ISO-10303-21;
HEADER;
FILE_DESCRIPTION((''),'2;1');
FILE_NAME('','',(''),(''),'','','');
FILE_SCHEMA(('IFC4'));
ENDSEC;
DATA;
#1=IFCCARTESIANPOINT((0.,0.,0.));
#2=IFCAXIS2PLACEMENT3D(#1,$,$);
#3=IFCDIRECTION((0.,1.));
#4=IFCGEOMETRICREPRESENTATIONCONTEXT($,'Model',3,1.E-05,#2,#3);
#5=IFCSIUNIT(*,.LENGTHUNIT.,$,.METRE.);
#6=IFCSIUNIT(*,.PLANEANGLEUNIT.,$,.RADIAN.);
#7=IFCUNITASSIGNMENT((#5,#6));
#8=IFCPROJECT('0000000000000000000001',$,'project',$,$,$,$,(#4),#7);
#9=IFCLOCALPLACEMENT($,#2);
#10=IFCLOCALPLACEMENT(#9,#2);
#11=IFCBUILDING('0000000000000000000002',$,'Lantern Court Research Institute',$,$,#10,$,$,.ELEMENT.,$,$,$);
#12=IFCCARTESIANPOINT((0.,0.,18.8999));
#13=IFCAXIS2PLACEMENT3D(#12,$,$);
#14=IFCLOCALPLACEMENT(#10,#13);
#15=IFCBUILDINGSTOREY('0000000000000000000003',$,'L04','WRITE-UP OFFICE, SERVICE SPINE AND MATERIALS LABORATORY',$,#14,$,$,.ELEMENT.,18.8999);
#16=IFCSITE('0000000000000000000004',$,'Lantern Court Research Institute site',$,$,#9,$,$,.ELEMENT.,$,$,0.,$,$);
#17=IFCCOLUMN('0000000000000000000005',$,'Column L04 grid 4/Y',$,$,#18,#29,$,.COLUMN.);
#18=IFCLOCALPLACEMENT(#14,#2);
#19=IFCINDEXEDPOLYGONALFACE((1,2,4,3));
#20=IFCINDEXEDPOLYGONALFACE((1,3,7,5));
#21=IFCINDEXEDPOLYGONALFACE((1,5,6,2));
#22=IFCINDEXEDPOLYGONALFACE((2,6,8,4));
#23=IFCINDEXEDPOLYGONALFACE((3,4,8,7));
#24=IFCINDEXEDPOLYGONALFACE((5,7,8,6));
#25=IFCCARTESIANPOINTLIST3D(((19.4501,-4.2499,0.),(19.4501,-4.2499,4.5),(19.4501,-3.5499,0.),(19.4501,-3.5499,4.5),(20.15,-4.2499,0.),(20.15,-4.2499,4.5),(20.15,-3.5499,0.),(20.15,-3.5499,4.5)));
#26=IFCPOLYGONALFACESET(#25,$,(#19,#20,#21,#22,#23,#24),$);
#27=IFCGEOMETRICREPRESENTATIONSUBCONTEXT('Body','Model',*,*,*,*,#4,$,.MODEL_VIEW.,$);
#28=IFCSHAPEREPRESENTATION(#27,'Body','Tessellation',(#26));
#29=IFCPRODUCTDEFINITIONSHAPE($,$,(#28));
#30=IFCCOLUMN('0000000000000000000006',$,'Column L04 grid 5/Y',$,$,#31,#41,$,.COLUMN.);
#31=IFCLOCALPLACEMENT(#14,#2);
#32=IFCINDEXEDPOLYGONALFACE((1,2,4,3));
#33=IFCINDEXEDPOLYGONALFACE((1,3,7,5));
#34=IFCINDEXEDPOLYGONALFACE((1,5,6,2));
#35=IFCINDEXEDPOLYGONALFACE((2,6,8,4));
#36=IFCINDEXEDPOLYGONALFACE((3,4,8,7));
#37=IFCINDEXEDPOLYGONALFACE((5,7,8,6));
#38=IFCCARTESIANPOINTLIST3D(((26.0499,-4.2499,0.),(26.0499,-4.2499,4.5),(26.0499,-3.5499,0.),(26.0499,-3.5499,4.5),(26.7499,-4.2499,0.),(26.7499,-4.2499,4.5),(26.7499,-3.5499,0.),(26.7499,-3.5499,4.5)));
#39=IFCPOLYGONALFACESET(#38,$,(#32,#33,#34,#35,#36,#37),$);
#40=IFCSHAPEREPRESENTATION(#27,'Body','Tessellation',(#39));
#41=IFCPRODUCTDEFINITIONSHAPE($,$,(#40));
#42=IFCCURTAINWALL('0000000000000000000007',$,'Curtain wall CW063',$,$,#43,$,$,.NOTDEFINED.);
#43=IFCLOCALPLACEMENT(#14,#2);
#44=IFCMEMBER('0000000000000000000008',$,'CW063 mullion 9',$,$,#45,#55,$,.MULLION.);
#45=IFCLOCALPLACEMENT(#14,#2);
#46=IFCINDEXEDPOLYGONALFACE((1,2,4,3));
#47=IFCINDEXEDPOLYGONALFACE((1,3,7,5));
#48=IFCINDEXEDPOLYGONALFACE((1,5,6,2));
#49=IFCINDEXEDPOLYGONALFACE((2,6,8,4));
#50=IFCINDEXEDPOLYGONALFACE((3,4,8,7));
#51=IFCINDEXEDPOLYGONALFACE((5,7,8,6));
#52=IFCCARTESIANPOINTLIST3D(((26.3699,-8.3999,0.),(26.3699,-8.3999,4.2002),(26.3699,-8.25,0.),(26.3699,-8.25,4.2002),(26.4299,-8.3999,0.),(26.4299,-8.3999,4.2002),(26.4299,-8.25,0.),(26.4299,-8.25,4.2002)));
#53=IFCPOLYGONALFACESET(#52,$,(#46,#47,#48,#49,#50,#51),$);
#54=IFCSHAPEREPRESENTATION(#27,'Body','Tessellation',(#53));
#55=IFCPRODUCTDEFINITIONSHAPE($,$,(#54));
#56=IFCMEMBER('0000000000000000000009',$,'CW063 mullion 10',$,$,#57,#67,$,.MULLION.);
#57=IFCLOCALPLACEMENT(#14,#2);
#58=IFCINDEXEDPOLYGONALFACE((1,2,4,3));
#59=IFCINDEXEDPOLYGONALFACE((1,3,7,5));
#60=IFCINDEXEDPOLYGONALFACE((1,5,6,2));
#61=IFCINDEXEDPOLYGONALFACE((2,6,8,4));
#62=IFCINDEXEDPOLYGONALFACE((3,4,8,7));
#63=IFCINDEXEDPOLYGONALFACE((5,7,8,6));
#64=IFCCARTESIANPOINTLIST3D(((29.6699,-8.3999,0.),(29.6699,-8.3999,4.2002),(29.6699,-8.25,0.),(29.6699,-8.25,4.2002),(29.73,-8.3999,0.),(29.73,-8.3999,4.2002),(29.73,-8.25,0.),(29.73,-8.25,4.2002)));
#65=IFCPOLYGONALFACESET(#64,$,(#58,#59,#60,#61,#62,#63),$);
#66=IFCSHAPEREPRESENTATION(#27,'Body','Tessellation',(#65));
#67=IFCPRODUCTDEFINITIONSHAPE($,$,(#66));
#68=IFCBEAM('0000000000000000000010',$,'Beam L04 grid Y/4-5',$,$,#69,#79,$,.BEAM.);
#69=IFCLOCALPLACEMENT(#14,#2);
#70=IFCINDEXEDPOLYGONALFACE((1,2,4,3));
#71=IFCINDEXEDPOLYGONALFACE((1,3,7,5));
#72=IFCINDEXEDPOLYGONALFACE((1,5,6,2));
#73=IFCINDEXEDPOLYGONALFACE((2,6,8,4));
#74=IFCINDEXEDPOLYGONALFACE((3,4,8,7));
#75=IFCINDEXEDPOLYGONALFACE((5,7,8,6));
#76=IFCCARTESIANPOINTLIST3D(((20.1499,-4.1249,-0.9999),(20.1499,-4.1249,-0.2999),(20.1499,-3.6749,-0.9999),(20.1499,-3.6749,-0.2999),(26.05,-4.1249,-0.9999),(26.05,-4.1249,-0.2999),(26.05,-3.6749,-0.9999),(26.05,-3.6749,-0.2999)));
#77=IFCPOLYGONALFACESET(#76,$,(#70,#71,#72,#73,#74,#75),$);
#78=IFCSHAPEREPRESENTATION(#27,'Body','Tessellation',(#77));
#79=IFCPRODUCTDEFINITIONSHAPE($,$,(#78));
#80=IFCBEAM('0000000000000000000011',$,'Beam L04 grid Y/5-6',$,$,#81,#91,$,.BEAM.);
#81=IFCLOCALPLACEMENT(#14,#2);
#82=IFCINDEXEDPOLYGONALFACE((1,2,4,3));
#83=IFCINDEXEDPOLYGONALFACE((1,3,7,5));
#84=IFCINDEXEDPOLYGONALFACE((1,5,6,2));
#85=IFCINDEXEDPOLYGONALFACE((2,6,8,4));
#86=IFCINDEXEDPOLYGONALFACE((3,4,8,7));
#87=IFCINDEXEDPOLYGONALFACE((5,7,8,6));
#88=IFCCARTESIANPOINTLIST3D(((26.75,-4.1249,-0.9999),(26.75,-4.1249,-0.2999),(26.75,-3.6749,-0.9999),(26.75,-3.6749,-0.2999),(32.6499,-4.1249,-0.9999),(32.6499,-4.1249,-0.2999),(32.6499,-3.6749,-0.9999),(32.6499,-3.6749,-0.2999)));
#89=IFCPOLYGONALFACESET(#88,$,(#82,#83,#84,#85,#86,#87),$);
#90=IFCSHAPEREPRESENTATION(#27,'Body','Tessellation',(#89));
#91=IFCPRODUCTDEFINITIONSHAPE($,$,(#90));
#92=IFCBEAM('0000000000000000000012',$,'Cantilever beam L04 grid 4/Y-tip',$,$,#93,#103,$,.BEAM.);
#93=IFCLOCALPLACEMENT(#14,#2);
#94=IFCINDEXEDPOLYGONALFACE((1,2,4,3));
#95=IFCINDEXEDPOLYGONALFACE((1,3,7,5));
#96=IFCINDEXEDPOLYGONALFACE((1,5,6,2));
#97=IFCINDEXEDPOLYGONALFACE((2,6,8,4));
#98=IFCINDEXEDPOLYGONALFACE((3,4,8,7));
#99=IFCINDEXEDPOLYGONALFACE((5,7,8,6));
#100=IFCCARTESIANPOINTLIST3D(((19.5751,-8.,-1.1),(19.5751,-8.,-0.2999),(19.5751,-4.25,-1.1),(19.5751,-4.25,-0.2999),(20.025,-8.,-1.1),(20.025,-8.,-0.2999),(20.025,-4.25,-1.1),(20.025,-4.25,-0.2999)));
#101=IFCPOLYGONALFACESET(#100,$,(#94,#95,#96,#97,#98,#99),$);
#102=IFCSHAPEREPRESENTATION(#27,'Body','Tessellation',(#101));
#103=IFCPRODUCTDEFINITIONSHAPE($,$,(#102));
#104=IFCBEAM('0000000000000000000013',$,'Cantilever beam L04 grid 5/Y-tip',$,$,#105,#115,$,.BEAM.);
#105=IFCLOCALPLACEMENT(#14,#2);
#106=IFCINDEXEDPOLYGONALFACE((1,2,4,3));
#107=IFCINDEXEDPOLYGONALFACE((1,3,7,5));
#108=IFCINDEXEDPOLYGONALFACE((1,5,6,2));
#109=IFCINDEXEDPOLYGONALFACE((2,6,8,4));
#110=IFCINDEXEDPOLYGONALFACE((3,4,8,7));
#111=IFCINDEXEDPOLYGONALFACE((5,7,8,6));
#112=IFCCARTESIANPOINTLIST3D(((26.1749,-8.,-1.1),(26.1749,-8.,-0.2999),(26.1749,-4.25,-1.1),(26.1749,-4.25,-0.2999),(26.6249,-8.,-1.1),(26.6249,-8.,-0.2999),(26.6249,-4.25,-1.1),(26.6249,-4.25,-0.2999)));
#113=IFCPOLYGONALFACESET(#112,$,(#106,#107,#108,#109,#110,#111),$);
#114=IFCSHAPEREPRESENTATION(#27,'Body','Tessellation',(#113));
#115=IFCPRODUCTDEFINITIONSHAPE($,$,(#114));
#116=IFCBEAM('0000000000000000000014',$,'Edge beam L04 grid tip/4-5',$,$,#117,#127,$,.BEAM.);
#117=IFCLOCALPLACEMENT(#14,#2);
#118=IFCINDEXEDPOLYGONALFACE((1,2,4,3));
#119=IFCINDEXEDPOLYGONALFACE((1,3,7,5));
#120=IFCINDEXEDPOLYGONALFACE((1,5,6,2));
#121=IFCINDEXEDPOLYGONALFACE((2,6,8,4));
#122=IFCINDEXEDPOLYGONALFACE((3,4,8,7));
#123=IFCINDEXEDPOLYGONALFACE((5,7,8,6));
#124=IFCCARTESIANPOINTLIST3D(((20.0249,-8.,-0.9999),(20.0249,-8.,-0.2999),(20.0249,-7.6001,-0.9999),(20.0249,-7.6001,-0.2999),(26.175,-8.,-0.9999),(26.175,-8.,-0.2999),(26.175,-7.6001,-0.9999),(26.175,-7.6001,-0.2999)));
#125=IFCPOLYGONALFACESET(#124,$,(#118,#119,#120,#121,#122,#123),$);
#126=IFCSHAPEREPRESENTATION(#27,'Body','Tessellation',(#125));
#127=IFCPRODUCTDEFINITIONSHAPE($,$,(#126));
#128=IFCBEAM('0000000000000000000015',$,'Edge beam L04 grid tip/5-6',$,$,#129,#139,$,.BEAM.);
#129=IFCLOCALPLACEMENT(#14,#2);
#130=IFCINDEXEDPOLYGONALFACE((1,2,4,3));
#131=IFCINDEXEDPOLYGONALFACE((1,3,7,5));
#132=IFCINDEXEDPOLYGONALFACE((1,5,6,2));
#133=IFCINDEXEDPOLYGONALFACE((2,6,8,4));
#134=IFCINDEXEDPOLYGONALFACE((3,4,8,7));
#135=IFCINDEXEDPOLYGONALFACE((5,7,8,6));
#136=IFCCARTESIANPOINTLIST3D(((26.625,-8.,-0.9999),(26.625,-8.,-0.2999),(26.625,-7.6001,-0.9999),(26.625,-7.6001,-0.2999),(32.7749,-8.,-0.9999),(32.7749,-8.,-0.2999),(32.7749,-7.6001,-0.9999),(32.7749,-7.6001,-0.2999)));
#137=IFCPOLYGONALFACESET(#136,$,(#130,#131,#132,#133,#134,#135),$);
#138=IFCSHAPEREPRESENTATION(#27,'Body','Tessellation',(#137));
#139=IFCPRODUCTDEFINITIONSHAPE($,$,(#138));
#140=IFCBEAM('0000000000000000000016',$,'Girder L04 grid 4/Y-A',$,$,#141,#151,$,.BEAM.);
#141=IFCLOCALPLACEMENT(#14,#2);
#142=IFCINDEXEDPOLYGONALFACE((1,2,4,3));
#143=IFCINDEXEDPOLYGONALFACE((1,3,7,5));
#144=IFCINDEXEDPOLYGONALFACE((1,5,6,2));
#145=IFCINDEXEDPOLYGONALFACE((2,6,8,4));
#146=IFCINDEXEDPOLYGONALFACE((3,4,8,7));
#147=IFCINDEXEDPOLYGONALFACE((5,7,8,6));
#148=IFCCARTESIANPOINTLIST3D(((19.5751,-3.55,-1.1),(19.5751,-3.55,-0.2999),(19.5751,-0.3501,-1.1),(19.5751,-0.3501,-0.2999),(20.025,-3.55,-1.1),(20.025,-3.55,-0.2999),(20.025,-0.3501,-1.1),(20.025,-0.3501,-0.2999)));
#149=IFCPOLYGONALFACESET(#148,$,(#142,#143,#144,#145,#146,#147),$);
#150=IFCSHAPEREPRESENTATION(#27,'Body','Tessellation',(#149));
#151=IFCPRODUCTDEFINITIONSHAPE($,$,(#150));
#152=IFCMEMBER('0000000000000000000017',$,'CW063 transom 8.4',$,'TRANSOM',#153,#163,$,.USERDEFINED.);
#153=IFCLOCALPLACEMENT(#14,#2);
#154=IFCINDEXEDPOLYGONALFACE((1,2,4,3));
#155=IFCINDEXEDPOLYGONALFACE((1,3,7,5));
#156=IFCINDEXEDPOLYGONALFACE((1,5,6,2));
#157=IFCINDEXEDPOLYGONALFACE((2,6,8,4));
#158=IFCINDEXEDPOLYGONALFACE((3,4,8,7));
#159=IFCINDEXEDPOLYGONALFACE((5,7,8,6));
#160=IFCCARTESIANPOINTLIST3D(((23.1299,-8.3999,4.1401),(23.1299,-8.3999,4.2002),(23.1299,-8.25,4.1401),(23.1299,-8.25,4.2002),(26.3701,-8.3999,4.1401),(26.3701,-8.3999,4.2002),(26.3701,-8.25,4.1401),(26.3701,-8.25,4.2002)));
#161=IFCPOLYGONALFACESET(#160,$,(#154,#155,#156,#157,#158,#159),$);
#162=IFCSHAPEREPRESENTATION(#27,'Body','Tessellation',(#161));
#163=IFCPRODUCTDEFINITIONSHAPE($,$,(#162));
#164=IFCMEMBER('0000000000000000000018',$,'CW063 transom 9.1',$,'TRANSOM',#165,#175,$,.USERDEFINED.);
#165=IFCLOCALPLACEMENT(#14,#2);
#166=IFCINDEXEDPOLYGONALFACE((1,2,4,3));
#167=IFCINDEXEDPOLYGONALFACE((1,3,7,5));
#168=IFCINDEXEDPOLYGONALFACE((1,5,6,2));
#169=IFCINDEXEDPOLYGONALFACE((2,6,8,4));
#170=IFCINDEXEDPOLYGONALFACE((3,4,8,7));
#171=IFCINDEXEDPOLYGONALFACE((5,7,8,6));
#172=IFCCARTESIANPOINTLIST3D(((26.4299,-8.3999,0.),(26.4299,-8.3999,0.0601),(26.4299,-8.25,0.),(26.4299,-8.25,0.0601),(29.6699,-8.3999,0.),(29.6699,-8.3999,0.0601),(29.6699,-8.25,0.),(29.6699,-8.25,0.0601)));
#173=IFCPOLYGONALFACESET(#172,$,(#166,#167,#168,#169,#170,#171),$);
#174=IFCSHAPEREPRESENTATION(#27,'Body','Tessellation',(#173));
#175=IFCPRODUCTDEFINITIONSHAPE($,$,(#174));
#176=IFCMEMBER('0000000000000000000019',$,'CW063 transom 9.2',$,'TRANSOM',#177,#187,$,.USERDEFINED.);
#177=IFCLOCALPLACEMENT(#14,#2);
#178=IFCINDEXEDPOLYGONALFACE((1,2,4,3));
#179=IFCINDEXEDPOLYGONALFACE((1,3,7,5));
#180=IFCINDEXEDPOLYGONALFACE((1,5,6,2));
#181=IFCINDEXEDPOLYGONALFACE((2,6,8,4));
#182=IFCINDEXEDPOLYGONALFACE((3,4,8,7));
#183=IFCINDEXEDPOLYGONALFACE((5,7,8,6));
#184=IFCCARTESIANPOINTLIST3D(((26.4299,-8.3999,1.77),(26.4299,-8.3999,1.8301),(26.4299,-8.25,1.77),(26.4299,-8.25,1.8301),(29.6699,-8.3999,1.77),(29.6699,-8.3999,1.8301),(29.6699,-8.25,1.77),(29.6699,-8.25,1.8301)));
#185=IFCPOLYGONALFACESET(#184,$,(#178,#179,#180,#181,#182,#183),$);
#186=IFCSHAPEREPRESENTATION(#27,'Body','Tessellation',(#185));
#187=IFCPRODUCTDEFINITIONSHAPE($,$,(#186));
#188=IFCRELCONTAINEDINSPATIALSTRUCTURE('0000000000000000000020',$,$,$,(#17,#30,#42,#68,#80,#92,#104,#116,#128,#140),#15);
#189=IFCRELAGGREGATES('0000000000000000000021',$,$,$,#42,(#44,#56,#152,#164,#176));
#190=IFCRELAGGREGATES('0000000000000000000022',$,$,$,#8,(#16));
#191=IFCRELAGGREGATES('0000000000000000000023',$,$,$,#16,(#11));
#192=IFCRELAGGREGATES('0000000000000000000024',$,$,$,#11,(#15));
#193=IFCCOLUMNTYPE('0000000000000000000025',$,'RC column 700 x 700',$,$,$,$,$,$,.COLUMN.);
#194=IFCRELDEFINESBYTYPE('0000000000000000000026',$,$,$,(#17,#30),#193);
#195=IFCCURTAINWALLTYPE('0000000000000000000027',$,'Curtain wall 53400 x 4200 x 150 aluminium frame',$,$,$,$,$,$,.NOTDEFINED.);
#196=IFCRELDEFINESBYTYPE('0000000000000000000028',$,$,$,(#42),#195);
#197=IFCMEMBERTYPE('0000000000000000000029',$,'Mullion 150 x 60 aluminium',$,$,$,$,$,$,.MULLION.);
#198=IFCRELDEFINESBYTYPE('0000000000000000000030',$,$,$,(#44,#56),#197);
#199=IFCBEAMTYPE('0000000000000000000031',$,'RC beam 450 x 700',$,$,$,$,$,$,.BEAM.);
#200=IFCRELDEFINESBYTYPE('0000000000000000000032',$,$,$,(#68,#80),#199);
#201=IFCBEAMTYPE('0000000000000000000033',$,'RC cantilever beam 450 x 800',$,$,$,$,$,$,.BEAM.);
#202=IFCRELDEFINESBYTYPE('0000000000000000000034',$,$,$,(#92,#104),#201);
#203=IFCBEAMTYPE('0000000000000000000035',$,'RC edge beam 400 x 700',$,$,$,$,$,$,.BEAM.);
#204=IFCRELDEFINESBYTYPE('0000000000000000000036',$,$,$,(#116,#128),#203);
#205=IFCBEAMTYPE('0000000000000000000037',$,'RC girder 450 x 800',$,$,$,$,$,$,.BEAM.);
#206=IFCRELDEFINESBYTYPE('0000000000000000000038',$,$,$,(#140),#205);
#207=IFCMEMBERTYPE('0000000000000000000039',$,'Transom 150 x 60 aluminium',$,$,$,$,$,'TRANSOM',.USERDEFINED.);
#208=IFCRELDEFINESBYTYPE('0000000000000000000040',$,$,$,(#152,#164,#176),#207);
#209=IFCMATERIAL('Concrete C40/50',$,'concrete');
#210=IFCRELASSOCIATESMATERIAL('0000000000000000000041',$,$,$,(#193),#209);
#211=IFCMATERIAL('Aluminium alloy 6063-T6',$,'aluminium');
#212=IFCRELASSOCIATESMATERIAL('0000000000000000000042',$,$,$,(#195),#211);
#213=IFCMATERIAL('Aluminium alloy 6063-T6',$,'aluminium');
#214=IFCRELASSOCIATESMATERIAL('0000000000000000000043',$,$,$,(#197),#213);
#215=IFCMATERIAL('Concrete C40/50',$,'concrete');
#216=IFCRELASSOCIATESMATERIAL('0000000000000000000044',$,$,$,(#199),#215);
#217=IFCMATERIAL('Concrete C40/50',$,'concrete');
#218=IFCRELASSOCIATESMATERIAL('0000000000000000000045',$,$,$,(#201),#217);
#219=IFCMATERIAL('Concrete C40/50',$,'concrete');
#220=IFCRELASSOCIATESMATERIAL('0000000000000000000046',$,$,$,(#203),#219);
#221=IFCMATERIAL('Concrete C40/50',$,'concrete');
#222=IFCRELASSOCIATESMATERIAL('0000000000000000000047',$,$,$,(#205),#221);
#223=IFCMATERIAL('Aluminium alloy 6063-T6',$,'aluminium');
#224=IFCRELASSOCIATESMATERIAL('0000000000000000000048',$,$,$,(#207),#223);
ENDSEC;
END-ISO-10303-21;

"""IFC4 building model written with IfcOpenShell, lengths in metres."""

from ifc_helpers import new_model, si_unit, direction, frame, origin, origin_2d, place, context, subcontext, project, spatial, rectangle, extrude, material, material_profile, profile_set, type_object, element, aggregate, save


model = new_model("IFC4")

# Units and contexts
model_context = context("Model", 3, precision=1e-05, world=origin(), true_north=direction((0.0, 1.0)))
body_context = subcontext(model_context, "Body", "Model", "MODEL_VIEW")
ifc_project = project(units=[si_unit("LENGTHUNIT", "METRE"), si_unit("PLANEANGLEUNIT", "RADIAN")], contexts=[model_context])

# Site, building, storey
site_placement = place(None, origin())
site = spatial("IfcSite", under=ifc_project, at=site_placement, Name="Lantern Court Research Institute site", CompositionType="ELEMENT", RefElevation=0.0)
building_placement = place(site_placement, origin())
building = spatial("IfcBuilding", under=site, at=building_placement, Name="Lantern Court Research Institute", CompositionType="ELEMENT")
storey_placement = place(building_placement, frame((0.0, 0.0, 18.8999)))
storey = spatial("IfcBuildingStorey", under=building, at=storey_placement, Name="L04", Description="WRITE-UP OFFICE, SERVICE SPINE AND MATERIALS LABORATORY", CompositionType="ELEMENT", Elevation=18.8999)

# Columns
ifc_material_1 = material(Name="Concrete C40/50", Category="concrete")
ifc_material_profile_1 = material_profile(ifc_material_1, rectangle(XDim=0.7, YDim=0.7, at=origin_2d()), Name="RC column 700 x 700")
ifc_profile_set_1 = profile_set([ifc_material_profile_1], Name="Concrete C40/50")
column_type = type_object("IfcColumnType", Name="RC column 700 x 700", PredefinedType="COLUMN", material=ifc_profile_set_1)
for number, where, z_axis, x_axis, name in (
    (1, (19.8, -3.8999, 0.0), (0.0, 0.0, 1.0), (1.0, 0.0, 0.0), "Column L04 grid 4/Y"),
    (2, (26.3999, -3.8999, 0.0), (0.0, 0.0, 1.0), (1.0, 0.0, 0.0), "Column L04 grid 5/Y"),
):
    element("IfcColumn", number, at=place(storey_placement, frame(where, z_axis=z_axis, x_axis=x_axis)), inside=storey, type_object=column_type, Name=name, PredefinedType="COLUMN", context=body_context, shape_type="SweptSolid", body=[
        extrude(rectangle(XDim=0.7, YDim=0.7, at=origin_2d()), origin(), (0.0, 0.0, 1.0), 4.5),
    ])

# Curtain wall, members
ifc_material_2 = material(Name="Aluminium alloy 6063-T6", Category="aluminium")
curtain_wall_type = type_object("IfcCurtainWallType", Name="Curtain wall 53400 x 4200 x 150 aluminium frame", PredefinedType="NOTDEFINED", material=ifc_material_2)
curtain_wall_placement = place(storey_placement, origin())
curtain_wall = element("IfcCurtainWall", 3, at=curtain_wall_placement, inside=storey, type_object=curtain_wall_type, Name="Curtain wall CW063", PredefinedType="NOTDEFINED")
ifc_material_3 = material(Name="Aluminium alloy 6063-T6", Category="aluminium")
ifc_material_profile_2 = material_profile(ifc_material_3, rectangle(XDim=0.1499, YDim=0.0601, at=origin_2d()), Name="Mullion 150 x 60")
ifc_profile_set_2 = profile_set([ifc_material_profile_2], Name="Aluminium alloy 6063-T6")
member_type_1 = type_object("IfcMemberType", Name="Mullion 150 x 60 aluminium", PredefinedType="MULLION", material=ifc_profile_set_2)
member_1_placement = place(storey_placement, frame((26.3999, -8.325, 0.0), z_axis=(0.0, 0.0, 1.0), x_axis=(0.0, -1.0, 0.0)))
member_1 = element("IfcMember", 4, at=member_1_placement, type_object=member_type_1, Name="CW063 mullion 9", PredefinedType="MULLION", context=body_context, shape_type="SweptSolid", body=[
    extrude(rectangle(XDim=0.1499, YDim=0.0601, at=origin_2d()), origin(), (0.0, 0.0, 1.0), 4.2002),
])
member_2_placement = place(storey_placement, frame((29.7, -8.325, 0.0), z_axis=(0.0, 0.0, 1.0), x_axis=(0.0, -1.0, 0.0)))
member_2 = element("IfcMember", 5, at=member_2_placement, type_object=member_type_1, Name="CW063 mullion 10", PredefinedType="MULLION", context=body_context, shape_type="SweptSolid", body=[
    extrude(rectangle(XDim=0.1499, YDim=0.0601, at=origin_2d()), origin(), (0.0, 0.0, 1.0), 4.2002),
])

# Beams
ifc_material_4 = material(Name="Concrete C40/50", Category="concrete")
ifc_material_profile_3 = material_profile(ifc_material_4, rectangle(XDim=0.45, YDim=0.7, at=origin_2d()), Name="RC beam 450 x 700")
ifc_profile_set_3 = profile_set([ifc_material_profile_3], Name="Concrete C40/50")
beam_type_1 = type_object("IfcBeamType", Name="RC beam 450 x 700", PredefinedType="BEAM", material=ifc_profile_set_3)
beam_1_placement = place(storey_placement, frame((20.1499, -3.8999, -0.6499), z_axis=(1.0, 0.0, 0.0), x_axis=(0.0, 1.0, 0.0)))
element("IfcBeam", 6, at=beam_1_placement, inside=storey, type_object=beam_type_1, Name="Beam L04 grid Y/4-5", PredefinedType="BEAM", context=body_context, shape_type="SweptSolid", body=[
    extrude(rectangle(XDim=0.45, YDim=0.7, at=origin_2d()), origin(), (0.0, 0.0, 1.0), 5.9001),
])
beam_2_placement = place(storey_placement, frame((26.75, -3.8999, -0.6499), z_axis=(1.0, 0.0, 0.0), x_axis=(0.0, 1.0, 0.0)))
element("IfcBeam", 7, at=beam_2_placement, inside=storey, type_object=beam_type_1, Name="Beam L04 grid Y/5-6", PredefinedType="BEAM", context=body_context, shape_type="SweptSolid", body=[
    extrude(rectangle(XDim=0.45, YDim=0.7, at=origin_2d()), origin(), (0.0, 0.0, 1.0), 5.8999),
])
ifc_material_5 = material(Name="Concrete C40/50", Category="concrete")
ifc_material_profile_4 = material_profile(ifc_material_5, rectangle(XDim=0.45, YDim=0.8, at=origin_2d()), Name="RC beam 450 x 800")
ifc_profile_set_4 = profile_set([ifc_material_profile_4], Name="Concrete C40/50")
beam_type_2 = type_object("IfcBeamType", Name="RC cantilever beam 450 x 800", PredefinedType="BEAM", material=ifc_profile_set_4)
for number, where, z_axis, x_axis, name in (
    (8, (19.8, -4.25, -0.7), (0.0, -1.0, 0.0), (1.0, 0.0, 0.0), "Cantilever beam L04 grid 4/Y-tip"),
    (9, (26.3999, -4.25, -0.7), (0.0, -1.0, 0.0), (1.0, 0.0, 0.0), "Cantilever beam L04 grid 5/Y-tip"),
):
    element("IfcBeam", number, at=place(storey_placement, frame(where, z_axis=z_axis, x_axis=x_axis)), inside=storey, type_object=beam_type_2, Name=name, PredefinedType="BEAM", context=body_context, shape_type="SweptSolid", body=[
        extrude(rectangle(XDim=0.45, YDim=0.8, at=origin_2d()), origin(), (0.0, 0.0, 1.0), 3.75),
    ])
ifc_material_6 = material(Name="Concrete C40/50", Category="concrete")
ifc_material_profile_5 = material_profile(ifc_material_6, rectangle(XDim=0.3999, YDim=0.7, at=origin_2d()), Name="RC beam 400 x 700")
ifc_profile_set_5 = profile_set([ifc_material_profile_5], Name="Concrete C40/50")
beam_type_3 = type_object("IfcBeamType", Name="RC edge beam 400 x 700", PredefinedType="BEAM", material=ifc_profile_set_5)
beam_3_placement = place(storey_placement, frame((20.0249, -7.8, -0.6499), z_axis=(1.0, 0.0, 0.0), x_axis=(0.0, 1.0, 0.0)))
element("IfcBeam", 10, at=beam_3_placement, inside=storey, type_object=beam_type_3, Name="Edge beam L04 grid tip/4-5", PredefinedType="BEAM", context=body_context, shape_type="SweptSolid", body=[
    extrude(rectangle(XDim=0.3999, YDim=0.7, at=origin_2d()), origin(), (0.0, 0.0, 1.0), 6.1501),
])
beam_4_placement = place(storey_placement, frame((26.625, -7.8, -0.6499), z_axis=(1.0, 0.0, 0.0), x_axis=(0.0, 1.0, 0.0)))
element("IfcBeam", 11, at=beam_4_placement, inside=storey, type_object=beam_type_3, Name="Edge beam L04 grid tip/5-6", PredefinedType="BEAM", context=body_context, shape_type="SweptSolid", body=[
    extrude(rectangle(XDim=0.3999, YDim=0.7, at=origin_2d()), origin(), (0.0, 0.0, 1.0), 6.1499),
])
ifc_material_7 = material(Name="Concrete C40/50", Category="concrete")
ifc_material_profile_6 = material_profile(ifc_material_7, rectangle(XDim=0.45, YDim=0.8, at=origin_2d()), Name="RC beam 450 x 800")
ifc_profile_set_6 = profile_set([ifc_material_profile_6], Name="Concrete C40/50")
beam_type_4 = type_object("IfcBeamType", Name="RC girder 450 x 800", PredefinedType="BEAM", material=ifc_profile_set_6)
beam_5_placement = place(storey_placement, frame((19.8, -3.55, -0.7), z_axis=(0.0, 1.0, 0.0), x_axis=(-1.0, 0.0, 0.0)))
element("IfcBeam", 12, at=beam_5_placement, inside=storey, type_object=beam_type_4, Name="Girder L04 grid 4/Y-A", PredefinedType="BEAM", context=body_context, shape_type="SweptSolid", body=[
    extrude(rectangle(XDim=0.45, YDim=0.8, at=origin_2d()), origin(), (0.0, 0.0, 1.0), 3.2),
])

# Members
ifc_material_8 = material(Name="Aluminium alloy 6063-T6", Category="aluminium")
ifc_material_profile_7 = material_profile(ifc_material_8, rectangle(XDim=0.1499, YDim=0.0601, at=origin_2d()), Name="Transom 150 x 60")
ifc_profile_set_7 = profile_set([ifc_material_profile_7], Name="Aluminium alloy 6063-T6")
member_type_2 = type_object("IfcMemberType", Name="Transom 150 x 60 aluminium", ElementType="TRANSOM", PredefinedType="USERDEFINED", material=ifc_profile_set_7)
member_3_placement = place(storey_placement, frame((26.3701, -8.325, 4.1702), z_axis=(-1.0, 0.0, 0.0), x_axis=(0.0, -1.0, 0.0)))
member_3 = element("IfcMember", 13, at=member_3_placement, type_object=member_type_2, Name="CW063 transom 8.4", ObjectType="TRANSOM", PredefinedType="USERDEFINED", context=body_context, shape_type="SweptSolid", body=[
    extrude(rectangle(XDim=0.1499, YDim=0.0601, at=origin_2d()), origin(), (0.0, 0.0, 1.0), 3.2402),
])
member_4_placement = place(storey_placement, frame((29.6699, -8.325, 0.03), z_axis=(-1.0, 0.0, 0.0), x_axis=(0.0, -1.0, 0.0)))
member_4 = element("IfcMember", 14, at=member_4_placement, type_object=member_type_2, Name="CW063 transom 9.1", ObjectType="TRANSOM", PredefinedType="USERDEFINED", context=body_context, shape_type="SweptSolid", body=[
    extrude(rectangle(XDim=0.1499, YDim=0.0601, at=origin_2d()), origin(), (0.0, 0.0, 1.0), 3.24),
])
member_5_placement = place(storey_placement, frame((29.6699, -8.325, 1.8), z_axis=(-1.0, 0.0, 0.0), x_axis=(0.0, -1.0, 0.0)))
member_5 = element("IfcMember", 15, at=member_5_placement, type_object=member_type_2, Name="CW063 transom 9.2", ObjectType="TRANSOM", PredefinedType="USERDEFINED", context=body_context, shape_type="SweptSolid", body=[
    extrude(rectangle(XDim=0.1499, YDim=0.0601, at=origin_2d()), origin(), (0.0, 0.0, 1.0), 3.24),
])

aggregate(curtain_wall, [member_1, member_2, member_3, member_4, member_5])

save(model, "model.ifc")
